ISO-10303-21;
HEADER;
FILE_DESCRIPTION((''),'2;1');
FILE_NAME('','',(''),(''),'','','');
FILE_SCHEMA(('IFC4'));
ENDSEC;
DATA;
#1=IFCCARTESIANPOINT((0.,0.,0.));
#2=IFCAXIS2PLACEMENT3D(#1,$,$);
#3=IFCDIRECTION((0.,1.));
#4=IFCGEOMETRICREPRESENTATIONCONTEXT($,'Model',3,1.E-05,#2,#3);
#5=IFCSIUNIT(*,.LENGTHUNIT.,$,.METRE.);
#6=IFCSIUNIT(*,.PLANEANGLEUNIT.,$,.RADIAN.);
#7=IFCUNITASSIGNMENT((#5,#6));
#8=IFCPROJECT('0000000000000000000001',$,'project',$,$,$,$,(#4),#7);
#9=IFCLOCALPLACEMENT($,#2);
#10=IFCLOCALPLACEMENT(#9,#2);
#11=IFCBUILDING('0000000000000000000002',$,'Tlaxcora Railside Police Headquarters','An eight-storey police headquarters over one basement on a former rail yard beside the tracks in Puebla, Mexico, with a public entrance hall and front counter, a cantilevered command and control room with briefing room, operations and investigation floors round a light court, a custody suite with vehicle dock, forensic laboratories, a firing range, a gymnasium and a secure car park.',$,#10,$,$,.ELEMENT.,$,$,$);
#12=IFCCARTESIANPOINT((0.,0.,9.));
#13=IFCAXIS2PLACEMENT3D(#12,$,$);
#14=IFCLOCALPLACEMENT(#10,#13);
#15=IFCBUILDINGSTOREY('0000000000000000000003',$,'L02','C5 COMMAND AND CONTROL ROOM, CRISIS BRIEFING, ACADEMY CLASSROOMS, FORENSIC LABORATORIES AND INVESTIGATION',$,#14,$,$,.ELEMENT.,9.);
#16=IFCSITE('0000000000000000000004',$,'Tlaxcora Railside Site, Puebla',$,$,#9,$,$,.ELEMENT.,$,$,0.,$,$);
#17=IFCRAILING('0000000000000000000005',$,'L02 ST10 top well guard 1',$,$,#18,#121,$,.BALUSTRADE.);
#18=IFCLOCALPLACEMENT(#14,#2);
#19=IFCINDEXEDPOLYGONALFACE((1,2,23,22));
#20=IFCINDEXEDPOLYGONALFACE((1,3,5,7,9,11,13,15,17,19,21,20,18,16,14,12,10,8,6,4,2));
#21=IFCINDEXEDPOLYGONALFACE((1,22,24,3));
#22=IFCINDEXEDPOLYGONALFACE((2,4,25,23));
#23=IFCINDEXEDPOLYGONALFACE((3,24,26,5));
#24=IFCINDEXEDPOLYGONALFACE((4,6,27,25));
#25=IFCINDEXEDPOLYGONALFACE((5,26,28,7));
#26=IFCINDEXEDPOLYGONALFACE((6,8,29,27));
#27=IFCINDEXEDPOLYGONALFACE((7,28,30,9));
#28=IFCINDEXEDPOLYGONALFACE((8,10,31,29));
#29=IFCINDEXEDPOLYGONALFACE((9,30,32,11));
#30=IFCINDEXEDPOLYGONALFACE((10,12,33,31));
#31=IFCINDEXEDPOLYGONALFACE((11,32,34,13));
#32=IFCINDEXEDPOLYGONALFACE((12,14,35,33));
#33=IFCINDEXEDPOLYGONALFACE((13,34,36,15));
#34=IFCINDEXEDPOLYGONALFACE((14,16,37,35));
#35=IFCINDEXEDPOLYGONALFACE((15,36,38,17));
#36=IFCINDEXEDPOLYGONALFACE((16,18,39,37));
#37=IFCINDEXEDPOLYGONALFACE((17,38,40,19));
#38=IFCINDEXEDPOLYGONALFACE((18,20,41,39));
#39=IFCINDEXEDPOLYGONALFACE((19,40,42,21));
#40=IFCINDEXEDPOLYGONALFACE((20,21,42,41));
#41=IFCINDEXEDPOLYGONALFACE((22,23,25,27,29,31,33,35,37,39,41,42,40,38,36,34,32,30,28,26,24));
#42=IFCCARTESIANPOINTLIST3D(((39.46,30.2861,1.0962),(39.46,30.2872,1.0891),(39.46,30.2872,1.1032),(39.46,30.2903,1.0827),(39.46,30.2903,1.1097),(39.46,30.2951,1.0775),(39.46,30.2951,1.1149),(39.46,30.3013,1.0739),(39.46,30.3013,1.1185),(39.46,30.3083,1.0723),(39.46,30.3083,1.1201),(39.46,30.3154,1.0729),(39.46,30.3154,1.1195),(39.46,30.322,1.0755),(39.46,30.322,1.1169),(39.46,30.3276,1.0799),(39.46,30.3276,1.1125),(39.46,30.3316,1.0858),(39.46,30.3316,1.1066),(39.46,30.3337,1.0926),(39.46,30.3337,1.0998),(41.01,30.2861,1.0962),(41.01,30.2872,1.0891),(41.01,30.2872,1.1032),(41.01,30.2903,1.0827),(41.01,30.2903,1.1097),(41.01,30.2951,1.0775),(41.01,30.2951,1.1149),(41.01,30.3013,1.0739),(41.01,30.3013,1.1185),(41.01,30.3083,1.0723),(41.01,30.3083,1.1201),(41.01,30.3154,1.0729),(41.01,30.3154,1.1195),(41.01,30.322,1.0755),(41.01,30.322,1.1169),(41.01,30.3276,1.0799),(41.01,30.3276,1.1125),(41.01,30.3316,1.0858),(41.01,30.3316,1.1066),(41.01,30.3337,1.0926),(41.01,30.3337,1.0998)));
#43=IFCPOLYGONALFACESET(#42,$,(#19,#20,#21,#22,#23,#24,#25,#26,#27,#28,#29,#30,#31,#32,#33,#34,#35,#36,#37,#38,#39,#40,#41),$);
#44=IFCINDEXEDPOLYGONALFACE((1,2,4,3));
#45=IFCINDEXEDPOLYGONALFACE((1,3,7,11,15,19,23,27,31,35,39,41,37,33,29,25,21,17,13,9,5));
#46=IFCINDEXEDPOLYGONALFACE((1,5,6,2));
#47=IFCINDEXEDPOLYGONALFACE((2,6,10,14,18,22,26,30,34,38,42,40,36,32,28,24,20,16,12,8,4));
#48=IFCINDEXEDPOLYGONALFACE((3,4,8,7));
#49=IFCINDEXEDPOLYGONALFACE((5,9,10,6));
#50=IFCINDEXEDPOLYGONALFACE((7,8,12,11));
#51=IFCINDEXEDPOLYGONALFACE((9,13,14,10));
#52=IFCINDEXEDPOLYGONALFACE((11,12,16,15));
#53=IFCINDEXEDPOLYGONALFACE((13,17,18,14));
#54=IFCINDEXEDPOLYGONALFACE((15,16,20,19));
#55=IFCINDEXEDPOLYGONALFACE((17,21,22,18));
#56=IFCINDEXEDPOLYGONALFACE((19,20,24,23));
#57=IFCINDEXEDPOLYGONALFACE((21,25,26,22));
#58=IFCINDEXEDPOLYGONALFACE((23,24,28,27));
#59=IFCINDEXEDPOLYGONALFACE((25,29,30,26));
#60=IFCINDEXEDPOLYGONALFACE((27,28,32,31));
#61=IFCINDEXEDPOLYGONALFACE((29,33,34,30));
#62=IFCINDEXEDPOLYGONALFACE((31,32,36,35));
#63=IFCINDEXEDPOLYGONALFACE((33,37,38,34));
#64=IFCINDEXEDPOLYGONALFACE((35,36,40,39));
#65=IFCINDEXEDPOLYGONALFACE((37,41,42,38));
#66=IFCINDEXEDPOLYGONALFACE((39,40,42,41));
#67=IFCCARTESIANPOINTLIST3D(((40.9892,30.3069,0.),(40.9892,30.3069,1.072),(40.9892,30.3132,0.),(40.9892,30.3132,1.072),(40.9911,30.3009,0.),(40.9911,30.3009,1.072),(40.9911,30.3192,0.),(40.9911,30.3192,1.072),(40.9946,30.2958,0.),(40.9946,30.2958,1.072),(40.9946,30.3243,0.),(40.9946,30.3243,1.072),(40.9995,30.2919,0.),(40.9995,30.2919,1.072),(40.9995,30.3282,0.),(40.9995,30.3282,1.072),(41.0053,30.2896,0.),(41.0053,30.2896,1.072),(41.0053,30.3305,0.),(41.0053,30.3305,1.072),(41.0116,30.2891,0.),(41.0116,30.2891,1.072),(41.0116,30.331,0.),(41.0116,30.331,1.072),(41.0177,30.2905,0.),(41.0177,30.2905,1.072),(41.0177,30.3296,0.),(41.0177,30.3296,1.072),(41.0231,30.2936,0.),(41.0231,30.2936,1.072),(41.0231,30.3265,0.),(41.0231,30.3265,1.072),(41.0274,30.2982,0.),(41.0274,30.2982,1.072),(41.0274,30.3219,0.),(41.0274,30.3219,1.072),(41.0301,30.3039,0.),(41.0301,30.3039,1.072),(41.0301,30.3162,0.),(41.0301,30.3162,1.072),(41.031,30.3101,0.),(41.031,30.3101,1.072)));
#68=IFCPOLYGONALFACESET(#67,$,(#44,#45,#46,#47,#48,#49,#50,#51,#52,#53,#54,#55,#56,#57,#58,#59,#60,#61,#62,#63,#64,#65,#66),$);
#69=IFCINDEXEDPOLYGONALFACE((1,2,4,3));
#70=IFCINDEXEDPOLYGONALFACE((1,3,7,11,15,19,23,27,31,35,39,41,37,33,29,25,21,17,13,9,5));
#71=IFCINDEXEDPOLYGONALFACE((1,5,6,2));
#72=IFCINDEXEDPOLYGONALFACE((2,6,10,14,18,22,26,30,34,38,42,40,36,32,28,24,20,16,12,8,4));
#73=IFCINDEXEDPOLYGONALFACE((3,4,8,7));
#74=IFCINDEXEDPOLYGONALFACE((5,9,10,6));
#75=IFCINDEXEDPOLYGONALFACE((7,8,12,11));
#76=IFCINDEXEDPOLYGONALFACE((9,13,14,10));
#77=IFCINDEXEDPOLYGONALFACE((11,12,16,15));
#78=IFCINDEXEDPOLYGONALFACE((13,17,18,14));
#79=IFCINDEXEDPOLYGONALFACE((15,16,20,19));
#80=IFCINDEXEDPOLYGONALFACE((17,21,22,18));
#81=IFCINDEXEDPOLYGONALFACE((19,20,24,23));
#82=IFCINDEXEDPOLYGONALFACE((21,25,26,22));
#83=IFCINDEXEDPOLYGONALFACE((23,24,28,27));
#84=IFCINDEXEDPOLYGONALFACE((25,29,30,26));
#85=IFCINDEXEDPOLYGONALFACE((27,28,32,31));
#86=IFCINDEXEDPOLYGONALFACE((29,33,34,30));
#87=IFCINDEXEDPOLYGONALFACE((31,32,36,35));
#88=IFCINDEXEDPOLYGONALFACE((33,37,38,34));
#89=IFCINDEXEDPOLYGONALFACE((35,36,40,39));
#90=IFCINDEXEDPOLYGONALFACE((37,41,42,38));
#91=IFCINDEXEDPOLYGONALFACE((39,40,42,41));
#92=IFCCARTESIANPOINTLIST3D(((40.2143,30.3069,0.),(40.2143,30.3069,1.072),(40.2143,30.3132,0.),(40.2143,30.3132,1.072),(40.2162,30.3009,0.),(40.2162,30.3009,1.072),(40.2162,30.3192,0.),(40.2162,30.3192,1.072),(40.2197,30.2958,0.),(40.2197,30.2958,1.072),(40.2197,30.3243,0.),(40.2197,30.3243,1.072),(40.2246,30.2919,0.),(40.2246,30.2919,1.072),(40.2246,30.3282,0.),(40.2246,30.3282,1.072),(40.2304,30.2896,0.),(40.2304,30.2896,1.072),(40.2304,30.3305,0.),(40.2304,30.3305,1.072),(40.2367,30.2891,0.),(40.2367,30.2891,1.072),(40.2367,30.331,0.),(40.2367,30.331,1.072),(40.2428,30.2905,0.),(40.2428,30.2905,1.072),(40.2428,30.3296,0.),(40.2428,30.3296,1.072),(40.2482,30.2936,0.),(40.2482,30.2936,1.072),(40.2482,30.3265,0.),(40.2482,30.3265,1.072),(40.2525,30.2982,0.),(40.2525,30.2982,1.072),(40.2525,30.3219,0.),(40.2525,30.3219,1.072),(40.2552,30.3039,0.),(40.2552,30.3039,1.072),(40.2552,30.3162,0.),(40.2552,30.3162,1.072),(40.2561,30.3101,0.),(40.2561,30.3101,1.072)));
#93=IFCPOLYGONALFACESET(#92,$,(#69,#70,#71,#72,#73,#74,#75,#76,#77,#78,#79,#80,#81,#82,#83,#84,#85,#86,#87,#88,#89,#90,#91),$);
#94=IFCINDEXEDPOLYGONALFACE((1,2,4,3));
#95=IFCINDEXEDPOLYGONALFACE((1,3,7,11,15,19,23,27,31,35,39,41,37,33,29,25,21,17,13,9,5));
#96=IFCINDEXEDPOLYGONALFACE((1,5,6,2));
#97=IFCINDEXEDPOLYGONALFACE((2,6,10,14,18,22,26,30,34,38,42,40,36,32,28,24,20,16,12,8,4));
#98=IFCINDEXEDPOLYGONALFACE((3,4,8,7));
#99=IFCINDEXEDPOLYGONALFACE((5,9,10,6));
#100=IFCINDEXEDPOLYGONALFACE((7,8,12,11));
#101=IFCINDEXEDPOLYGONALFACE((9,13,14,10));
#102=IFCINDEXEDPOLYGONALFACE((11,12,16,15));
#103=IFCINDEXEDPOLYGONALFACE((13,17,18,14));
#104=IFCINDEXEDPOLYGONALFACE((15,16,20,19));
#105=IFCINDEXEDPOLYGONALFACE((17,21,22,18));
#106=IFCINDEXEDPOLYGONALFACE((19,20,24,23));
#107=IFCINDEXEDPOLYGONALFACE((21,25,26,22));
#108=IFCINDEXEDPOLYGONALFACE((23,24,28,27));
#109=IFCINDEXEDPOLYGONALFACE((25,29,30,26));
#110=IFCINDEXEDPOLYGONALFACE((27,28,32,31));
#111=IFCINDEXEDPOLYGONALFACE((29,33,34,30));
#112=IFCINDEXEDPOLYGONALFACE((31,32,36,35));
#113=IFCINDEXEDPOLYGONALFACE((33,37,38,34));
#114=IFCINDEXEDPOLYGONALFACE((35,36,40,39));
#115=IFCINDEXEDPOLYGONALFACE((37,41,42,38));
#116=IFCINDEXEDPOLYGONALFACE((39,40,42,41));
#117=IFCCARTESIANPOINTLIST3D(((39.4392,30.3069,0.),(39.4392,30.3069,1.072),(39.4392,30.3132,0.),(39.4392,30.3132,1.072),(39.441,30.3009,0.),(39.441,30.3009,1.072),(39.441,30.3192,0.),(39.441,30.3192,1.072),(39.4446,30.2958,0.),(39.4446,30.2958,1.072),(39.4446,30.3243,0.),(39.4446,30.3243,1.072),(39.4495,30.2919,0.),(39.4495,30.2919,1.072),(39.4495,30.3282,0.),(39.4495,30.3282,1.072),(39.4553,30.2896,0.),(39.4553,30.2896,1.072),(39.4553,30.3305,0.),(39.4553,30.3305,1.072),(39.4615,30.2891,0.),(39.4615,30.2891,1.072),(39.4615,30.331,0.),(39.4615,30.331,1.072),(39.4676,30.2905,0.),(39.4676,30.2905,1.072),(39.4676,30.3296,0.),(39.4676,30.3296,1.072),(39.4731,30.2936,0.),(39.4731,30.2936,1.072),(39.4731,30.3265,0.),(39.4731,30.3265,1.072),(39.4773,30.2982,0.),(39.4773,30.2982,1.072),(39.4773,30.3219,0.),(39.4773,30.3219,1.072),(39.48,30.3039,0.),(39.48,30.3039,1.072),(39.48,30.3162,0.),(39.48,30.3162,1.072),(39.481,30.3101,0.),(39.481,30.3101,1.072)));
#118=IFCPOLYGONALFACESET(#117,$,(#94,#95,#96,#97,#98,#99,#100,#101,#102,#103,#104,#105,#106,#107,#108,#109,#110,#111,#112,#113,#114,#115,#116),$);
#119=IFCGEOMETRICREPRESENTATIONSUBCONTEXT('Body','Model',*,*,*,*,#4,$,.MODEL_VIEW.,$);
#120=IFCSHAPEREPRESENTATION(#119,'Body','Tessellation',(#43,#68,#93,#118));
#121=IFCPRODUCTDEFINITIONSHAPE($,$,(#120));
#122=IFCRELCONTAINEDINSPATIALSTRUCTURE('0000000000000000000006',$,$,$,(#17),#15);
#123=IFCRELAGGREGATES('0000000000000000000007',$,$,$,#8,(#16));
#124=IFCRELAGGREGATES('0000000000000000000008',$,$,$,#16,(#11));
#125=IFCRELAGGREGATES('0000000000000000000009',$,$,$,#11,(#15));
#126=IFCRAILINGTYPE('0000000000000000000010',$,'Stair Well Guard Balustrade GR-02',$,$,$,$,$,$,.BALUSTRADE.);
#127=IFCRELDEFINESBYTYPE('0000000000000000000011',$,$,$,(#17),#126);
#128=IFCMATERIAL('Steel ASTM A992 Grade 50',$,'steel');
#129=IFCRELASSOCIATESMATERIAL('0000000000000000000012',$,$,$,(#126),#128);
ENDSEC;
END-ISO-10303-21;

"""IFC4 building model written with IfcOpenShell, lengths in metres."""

from ifc_helpers import new_model, si_unit, direction, frame, origin, origin_2d, place, context, subcontext, project, spatial, circle, extrude, material, type_object, element, save


model = new_model("IFC4")

# Units and contexts
model_context = context("Model", 3, precision=1e-05, world=origin(), true_north=direction((0.0, 1.0)))
body_context = subcontext(model_context, "Body", "Model", "MODEL_VIEW")
ifc_project = project(units=[si_unit("LENGTHUNIT", "METRE"), si_unit("PLANEANGLEUNIT", "RADIAN")], contexts=[model_context])

# Site, building, storey
site_placement = place(None, origin())
site = spatial("IfcSite", under=ifc_project, at=site_placement, Name="Tlaxcora Railside Site, Puebla", CompositionType="ELEMENT", RefElevation=0.0)
building_placement = place(site_placement, origin())
building = spatial("IfcBuilding", under=site, at=building_placement, Name="Tlaxcora Railside Police Headquarters", Description="An eight-storey police headquarters over one basement on a former rail yard beside the tracks in Puebla, Mexico, with a public entrance hall and front counter, a cantilevered command and control room with briefing room, operations and investigation floors round a light court, a custody suite with vehicle dock, forensic laboratories, a firing range, a gymnasium and a secure car park.", CompositionType="ELEMENT")
storey_placement = place(building_placement, frame((0.0, 0.0, 9.0)))
storey = spatial("IfcBuildingStorey", under=building, at=storey_placement, Name="L02", Description="C5 COMMAND AND CONTROL ROOM, CRISIS BRIEFING, ACADEMY CLASSROOMS, FORENSIC LABORATORIES AND INVESTIGATION", CompositionType="ELEMENT", Elevation=9.0)

# Shared definitions
ifc_material_1 = material(Name="Steel ASTM A992 Grade 50", Category="steel")

# Railing
railing_type = type_object("IfcRailingType", Name="Stair Well Guard Balustrade GR-02", PredefinedType="BALUSTRADE", material=ifc_material_1)
railing_placement = place(storey_placement, frame((41.01, 30.3101, 0.0)))
element("IfcRailing", 1, at=railing_placement, inside=storey, type_object=railing_type, Name="L02 ST10 top well guard 1", PredefinedType="BALUSTRADE", context=body_context, shape_type="SweptSolid", body=[
    extrude(circle(Radius=0.0239, at=origin_2d()), frame((0.0, 0.0, 1.0962), z_axis=(-1.0, 0.0, 0.0), x_axis=(0.0, -1.0, 0.0)), (0.0, 0.0, 1.0), 1.55),
    extrude(circle(Radius=0.021, at=origin_2d()), origin(), (0.0, 0.0, 1.0), 1.072),
    extrude(circle(Radius=0.021, at=origin_2d()), frame((-0.7749, 0.0, 0.0)), (0.0, 0.0, 1.0), 1.072),
    extrude(circle(Radius=0.021, at=origin_2d()), frame((-1.55, 0.0, 0.0)), (0.0, 0.0, 1.0), 1.072),
])

save(model, "model.ifc")
